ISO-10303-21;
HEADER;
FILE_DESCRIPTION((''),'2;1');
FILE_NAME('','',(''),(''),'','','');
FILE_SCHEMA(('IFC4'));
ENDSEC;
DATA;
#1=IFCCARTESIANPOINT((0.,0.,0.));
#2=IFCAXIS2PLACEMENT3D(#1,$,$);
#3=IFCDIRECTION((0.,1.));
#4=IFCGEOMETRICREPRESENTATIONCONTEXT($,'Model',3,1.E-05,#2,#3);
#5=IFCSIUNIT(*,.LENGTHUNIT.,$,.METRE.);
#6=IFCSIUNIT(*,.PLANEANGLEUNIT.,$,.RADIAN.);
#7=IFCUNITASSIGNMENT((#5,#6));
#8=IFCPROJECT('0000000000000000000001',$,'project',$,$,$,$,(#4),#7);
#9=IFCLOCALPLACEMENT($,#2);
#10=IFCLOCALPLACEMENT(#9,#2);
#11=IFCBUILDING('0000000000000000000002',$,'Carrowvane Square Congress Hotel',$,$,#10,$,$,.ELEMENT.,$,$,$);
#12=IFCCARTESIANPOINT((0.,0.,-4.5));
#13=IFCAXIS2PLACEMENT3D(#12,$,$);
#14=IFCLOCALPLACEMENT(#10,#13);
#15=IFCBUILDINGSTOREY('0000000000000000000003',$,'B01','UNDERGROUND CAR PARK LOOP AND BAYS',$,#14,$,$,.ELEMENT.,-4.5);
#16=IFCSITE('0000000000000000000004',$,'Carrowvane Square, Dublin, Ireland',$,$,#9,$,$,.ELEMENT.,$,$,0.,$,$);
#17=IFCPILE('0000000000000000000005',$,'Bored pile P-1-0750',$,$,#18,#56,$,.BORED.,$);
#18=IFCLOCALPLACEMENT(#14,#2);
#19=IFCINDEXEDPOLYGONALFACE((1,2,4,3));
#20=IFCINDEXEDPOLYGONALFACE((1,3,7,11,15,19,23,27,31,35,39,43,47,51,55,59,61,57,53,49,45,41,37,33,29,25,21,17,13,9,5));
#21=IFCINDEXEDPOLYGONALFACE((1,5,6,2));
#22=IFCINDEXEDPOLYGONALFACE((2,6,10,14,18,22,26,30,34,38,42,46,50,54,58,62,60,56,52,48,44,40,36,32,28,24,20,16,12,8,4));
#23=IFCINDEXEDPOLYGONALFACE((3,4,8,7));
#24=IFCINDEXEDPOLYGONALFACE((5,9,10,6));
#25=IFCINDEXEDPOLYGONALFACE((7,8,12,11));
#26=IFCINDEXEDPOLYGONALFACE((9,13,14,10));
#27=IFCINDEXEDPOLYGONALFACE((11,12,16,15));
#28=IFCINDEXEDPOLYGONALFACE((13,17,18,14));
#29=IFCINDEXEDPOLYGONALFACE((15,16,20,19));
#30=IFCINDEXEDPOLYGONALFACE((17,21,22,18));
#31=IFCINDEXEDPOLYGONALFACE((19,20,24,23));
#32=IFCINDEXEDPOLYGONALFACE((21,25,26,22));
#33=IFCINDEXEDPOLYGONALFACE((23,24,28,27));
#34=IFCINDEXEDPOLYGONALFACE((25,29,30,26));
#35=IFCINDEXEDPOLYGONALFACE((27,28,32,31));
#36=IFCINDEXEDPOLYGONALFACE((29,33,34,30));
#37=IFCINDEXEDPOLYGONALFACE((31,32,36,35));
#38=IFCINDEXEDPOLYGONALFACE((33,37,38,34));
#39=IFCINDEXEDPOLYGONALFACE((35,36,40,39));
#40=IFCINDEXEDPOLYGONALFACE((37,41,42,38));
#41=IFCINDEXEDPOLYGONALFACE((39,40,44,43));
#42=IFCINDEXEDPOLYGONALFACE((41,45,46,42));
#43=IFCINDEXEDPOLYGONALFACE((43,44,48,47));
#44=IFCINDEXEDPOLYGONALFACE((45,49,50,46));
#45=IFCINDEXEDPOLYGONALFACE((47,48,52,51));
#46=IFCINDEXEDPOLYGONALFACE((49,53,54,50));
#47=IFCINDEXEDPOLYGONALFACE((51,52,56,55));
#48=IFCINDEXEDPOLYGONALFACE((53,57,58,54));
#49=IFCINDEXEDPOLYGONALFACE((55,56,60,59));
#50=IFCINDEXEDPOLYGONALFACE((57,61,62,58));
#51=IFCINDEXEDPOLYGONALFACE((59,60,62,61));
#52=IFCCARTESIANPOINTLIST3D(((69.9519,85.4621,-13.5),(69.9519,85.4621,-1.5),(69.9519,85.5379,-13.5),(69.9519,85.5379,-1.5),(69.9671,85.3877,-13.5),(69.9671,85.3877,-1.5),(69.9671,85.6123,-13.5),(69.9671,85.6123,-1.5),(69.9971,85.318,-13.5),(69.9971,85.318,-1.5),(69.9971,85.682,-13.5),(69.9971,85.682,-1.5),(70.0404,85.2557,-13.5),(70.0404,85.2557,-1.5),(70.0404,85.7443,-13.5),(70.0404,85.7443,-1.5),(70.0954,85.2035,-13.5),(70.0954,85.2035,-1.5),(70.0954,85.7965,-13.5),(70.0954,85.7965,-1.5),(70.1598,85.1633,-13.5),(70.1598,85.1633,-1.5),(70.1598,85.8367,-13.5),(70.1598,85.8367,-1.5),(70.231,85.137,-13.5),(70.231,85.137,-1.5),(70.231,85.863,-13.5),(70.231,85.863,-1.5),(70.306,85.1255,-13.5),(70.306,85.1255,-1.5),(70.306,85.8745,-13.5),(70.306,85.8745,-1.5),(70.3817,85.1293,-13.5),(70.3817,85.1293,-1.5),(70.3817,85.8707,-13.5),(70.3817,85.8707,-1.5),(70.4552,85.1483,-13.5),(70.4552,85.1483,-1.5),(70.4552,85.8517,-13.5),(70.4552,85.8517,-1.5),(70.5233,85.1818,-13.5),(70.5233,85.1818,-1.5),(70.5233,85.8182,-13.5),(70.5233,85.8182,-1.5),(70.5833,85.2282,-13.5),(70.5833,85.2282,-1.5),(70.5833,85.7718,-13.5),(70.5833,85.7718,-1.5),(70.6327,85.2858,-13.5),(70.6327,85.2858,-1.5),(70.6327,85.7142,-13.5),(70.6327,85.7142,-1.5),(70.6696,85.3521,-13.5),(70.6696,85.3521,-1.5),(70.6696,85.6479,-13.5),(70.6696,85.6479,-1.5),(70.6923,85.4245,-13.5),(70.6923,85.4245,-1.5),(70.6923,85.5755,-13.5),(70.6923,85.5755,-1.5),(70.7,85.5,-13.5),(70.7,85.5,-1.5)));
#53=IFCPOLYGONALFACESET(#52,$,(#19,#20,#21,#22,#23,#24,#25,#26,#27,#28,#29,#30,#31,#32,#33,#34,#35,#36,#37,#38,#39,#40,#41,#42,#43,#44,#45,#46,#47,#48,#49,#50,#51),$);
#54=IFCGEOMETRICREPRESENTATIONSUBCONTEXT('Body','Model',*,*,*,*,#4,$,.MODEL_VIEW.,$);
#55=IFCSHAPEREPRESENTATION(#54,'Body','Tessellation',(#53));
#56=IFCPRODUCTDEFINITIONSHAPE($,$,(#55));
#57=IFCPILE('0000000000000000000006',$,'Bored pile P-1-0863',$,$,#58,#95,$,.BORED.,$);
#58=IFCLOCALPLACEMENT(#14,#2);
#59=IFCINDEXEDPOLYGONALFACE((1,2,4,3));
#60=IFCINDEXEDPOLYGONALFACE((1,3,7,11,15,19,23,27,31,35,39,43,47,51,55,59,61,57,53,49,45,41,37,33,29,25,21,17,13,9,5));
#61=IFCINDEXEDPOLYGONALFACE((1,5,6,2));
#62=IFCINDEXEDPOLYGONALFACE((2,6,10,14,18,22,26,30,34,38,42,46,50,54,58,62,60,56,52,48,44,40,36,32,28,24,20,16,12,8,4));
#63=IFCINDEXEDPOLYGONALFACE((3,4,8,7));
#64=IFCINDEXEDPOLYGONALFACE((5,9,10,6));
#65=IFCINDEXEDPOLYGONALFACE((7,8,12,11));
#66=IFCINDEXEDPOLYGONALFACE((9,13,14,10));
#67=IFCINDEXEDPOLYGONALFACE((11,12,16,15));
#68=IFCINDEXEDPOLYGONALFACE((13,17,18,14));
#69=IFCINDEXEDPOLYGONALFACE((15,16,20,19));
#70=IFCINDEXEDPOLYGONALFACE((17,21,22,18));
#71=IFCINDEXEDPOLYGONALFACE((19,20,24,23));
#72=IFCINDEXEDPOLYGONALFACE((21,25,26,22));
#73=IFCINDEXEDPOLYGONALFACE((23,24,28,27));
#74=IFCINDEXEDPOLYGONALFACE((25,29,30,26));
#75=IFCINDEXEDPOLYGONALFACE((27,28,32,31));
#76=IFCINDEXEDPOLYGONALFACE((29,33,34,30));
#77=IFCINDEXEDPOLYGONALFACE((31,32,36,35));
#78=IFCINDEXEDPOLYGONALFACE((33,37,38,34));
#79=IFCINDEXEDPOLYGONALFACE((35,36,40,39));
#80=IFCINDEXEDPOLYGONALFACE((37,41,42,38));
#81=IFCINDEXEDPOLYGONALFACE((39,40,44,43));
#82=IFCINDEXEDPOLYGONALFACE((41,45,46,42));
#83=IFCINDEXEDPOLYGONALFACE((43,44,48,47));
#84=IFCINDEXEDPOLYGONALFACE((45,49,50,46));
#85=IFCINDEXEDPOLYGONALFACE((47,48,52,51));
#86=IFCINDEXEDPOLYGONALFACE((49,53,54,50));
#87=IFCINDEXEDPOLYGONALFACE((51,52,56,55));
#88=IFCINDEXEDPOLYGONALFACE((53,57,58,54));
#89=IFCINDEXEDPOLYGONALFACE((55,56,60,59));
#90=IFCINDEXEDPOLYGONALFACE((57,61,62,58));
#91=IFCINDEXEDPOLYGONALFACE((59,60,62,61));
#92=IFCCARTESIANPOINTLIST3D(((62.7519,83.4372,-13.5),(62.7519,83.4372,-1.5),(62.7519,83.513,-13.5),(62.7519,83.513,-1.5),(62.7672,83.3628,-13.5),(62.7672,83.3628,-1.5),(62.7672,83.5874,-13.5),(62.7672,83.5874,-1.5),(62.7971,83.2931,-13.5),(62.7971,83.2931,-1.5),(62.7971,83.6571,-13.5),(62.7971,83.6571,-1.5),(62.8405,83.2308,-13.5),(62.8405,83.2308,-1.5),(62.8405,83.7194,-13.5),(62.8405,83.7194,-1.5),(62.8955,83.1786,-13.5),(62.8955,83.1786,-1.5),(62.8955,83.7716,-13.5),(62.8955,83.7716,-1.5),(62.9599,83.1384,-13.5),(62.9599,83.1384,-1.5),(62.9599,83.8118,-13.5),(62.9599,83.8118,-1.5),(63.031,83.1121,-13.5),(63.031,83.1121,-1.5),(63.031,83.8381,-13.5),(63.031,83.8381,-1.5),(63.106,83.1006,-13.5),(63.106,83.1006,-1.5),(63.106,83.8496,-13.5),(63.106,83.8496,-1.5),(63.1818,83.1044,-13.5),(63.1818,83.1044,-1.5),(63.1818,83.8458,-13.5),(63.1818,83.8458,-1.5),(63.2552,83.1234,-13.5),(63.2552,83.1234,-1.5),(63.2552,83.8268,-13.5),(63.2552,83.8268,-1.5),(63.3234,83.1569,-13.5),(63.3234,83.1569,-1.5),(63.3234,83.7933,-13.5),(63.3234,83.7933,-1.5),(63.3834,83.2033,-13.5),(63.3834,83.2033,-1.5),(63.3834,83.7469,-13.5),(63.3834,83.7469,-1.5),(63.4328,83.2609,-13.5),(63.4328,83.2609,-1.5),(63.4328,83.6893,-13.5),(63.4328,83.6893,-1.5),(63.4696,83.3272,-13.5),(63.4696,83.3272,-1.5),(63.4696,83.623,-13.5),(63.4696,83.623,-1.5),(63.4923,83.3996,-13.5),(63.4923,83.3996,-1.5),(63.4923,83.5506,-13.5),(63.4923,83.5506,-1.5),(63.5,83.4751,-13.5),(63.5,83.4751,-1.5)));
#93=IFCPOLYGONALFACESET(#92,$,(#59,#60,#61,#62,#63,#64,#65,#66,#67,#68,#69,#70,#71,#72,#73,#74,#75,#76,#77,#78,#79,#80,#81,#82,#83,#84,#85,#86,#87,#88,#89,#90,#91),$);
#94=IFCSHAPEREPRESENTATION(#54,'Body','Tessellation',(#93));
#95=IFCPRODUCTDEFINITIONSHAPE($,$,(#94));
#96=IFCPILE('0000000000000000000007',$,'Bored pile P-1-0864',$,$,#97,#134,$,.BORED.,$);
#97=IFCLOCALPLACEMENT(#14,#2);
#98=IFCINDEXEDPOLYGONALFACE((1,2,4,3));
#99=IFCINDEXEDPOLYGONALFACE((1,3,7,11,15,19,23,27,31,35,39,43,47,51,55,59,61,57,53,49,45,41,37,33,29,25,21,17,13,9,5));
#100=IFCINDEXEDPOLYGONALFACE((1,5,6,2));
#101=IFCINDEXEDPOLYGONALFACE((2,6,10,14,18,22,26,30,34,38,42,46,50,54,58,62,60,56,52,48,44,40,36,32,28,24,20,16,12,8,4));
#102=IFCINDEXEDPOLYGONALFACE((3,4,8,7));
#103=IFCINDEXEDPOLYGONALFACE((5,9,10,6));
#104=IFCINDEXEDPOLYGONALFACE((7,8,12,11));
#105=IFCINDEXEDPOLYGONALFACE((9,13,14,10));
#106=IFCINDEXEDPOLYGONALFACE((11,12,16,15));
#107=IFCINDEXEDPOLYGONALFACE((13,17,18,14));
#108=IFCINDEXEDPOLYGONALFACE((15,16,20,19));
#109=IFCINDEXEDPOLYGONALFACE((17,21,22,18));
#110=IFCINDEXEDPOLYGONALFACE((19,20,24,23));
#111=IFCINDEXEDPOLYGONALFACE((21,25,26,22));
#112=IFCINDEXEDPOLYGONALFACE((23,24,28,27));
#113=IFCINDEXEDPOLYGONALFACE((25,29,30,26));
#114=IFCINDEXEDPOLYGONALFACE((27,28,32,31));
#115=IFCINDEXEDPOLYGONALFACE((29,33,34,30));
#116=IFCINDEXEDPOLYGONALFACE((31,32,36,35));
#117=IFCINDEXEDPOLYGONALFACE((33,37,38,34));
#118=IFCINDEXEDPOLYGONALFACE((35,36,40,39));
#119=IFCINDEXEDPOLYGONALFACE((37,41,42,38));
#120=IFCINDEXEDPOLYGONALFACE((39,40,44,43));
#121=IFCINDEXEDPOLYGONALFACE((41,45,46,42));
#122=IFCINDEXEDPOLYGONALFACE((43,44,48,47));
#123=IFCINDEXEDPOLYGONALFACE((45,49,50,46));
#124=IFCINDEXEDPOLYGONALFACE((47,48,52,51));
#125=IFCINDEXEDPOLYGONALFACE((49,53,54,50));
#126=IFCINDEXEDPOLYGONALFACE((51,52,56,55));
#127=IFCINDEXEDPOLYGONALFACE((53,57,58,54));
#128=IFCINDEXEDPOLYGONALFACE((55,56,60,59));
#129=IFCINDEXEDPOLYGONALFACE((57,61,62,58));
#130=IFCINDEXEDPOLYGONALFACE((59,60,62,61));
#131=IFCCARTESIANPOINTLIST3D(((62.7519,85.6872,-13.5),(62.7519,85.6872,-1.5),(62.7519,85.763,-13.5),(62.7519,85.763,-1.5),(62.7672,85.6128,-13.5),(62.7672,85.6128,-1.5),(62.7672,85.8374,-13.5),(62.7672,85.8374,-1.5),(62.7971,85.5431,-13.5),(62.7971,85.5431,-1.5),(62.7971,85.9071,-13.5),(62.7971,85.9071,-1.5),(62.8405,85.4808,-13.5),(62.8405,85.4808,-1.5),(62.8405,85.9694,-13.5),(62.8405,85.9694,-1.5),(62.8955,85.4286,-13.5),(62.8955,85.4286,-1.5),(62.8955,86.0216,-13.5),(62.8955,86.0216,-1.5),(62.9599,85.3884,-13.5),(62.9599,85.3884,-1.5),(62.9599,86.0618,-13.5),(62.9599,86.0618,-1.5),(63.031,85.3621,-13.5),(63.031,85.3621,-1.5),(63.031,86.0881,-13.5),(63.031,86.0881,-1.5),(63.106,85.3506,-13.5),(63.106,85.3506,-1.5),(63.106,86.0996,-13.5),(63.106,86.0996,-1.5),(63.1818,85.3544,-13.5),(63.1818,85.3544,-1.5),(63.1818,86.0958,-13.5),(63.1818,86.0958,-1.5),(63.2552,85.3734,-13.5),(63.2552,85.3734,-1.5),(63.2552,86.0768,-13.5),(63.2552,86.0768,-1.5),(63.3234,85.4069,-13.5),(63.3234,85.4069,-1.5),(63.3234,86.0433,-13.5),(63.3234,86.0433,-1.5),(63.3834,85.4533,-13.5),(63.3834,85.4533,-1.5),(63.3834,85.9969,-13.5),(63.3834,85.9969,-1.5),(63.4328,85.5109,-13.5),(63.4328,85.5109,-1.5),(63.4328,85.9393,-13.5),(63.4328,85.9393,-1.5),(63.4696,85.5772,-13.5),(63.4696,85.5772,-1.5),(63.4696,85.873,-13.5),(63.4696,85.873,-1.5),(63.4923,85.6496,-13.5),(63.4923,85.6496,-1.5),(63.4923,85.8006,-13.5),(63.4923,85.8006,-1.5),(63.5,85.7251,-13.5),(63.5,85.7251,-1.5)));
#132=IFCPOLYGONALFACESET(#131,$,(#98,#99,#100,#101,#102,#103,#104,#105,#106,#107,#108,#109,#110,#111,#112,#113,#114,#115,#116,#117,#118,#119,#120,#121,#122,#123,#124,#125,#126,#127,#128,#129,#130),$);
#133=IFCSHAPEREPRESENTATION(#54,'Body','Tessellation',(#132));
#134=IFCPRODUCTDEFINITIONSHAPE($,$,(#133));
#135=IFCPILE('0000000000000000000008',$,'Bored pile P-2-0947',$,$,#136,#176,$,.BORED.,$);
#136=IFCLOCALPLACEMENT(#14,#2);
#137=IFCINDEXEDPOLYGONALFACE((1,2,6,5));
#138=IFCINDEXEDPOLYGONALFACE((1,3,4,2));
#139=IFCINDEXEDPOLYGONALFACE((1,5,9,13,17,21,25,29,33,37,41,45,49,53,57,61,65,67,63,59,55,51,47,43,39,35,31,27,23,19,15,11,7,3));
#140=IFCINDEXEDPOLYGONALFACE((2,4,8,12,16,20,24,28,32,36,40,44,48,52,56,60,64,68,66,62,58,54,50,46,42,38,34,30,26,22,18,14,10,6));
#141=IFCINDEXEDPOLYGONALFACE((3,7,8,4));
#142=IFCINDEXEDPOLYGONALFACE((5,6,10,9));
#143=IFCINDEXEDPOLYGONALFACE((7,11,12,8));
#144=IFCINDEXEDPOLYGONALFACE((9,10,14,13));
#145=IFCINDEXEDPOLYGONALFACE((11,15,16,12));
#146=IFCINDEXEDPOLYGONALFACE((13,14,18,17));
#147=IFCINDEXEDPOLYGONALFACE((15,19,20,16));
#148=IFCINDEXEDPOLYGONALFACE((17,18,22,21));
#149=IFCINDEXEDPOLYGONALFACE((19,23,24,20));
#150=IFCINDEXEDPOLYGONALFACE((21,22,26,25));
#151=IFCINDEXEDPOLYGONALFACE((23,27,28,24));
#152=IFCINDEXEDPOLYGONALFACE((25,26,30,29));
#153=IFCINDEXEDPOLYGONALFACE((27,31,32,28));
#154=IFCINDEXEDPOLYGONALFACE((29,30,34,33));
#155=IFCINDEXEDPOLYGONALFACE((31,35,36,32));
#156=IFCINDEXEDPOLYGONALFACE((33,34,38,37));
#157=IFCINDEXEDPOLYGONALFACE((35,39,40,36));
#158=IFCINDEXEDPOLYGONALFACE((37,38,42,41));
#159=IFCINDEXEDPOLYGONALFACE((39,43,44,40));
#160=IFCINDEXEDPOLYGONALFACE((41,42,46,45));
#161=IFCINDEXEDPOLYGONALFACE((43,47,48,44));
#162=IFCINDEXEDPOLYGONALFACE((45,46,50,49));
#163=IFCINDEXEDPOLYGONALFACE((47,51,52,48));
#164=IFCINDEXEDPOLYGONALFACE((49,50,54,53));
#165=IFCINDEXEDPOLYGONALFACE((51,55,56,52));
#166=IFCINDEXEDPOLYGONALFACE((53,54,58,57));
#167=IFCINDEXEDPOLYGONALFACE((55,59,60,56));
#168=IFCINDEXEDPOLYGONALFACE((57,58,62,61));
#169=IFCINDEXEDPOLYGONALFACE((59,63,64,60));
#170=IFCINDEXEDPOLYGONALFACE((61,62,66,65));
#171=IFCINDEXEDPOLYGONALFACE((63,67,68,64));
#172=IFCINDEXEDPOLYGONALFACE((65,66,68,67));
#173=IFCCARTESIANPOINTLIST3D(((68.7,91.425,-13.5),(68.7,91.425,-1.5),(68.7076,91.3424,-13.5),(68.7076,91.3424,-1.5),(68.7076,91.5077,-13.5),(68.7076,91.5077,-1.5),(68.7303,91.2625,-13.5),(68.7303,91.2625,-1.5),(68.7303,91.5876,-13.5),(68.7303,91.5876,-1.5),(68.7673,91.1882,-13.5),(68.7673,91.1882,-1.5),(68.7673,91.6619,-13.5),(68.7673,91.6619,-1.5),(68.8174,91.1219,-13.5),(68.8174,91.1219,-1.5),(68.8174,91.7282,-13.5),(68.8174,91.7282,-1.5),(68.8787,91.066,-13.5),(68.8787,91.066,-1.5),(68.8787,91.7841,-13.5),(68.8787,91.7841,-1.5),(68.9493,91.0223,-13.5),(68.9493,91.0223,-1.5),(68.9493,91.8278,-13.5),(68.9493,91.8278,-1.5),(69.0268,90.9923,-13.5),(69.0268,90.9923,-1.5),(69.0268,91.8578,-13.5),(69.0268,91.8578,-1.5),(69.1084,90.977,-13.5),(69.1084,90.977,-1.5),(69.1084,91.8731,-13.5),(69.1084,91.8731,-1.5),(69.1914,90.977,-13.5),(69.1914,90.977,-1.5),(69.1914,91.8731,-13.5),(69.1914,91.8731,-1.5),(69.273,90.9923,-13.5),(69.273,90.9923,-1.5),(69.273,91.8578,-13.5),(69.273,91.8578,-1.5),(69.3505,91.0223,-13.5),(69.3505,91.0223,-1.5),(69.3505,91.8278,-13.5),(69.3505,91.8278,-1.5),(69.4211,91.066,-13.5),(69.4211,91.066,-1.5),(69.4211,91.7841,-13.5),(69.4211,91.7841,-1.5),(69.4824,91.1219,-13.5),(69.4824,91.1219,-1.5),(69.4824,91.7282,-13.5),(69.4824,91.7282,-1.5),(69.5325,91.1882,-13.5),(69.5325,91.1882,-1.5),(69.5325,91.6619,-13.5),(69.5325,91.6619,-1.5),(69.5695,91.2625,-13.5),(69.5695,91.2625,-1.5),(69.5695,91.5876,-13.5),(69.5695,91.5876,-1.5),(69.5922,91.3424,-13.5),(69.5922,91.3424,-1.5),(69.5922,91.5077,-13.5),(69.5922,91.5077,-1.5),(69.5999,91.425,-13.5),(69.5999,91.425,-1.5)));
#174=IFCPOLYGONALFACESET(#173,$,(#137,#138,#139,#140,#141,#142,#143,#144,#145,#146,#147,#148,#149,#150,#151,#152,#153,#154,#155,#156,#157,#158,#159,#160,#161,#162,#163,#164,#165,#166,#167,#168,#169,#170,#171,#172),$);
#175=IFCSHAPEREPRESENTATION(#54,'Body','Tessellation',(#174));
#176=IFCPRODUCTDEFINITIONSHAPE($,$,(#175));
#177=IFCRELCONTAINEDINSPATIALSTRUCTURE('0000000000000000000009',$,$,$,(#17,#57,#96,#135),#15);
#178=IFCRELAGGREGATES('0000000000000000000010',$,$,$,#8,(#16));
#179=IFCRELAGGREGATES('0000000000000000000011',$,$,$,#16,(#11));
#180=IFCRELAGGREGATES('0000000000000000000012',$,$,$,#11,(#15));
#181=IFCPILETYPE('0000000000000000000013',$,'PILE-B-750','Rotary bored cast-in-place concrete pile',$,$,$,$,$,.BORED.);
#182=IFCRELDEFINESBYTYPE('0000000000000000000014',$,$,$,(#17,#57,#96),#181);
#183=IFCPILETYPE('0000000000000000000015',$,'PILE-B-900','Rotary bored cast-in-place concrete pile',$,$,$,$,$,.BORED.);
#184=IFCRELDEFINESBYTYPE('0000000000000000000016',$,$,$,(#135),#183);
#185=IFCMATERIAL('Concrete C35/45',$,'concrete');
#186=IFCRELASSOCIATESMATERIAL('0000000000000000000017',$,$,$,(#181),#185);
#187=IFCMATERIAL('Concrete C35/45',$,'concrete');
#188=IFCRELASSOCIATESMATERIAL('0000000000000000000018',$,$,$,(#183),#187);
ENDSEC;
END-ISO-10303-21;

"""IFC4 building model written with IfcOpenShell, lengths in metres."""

from ifc_helpers import new_model, si_unit, direction, frame, origin, origin_2d, place, context, subcontext, project, spatial, circle, extrude, material, material_profile, profile_set, type_object, element, save


model = new_model("IFC4")

# Units and contexts
model_context = context("Model", 3, precision=1e-05, world=origin(), true_north=direction((0.0, 1.0)))
body_context = subcontext(model_context, "Body", "Model", "MODEL_VIEW")
ifc_project = project(units=[si_unit("LENGTHUNIT", "METRE"), si_unit("PLANEANGLEUNIT", "RADIAN")], contexts=[model_context])

# Site, building, storey
site_placement = place(None, origin())
site = spatial("IfcSite", under=ifc_project, at=site_placement, Name="Carrowvane Square, Dublin, Ireland", CompositionType="ELEMENT", RefElevation=0.0)
building_placement = place(site_placement, origin())
building = spatial("IfcBuilding", under=site, at=building_placement, Name="Carrowvane Square Congress Hotel", CompositionType="ELEMENT")
storey_placement = place(building_placement, frame((0.0, 0.0, -4.5)))
storey = spatial("IfcBuildingStorey", under=building, at=storey_placement, Name="B01", Description="UNDERGROUND CAR PARK LOOP AND BAYS", CompositionType="ELEMENT", Elevation=-4.5)

# Piles
ifc_material_1 = material(Name="Concrete C35/45", Category="concrete")
ifc_material_profile_1 = material_profile(ifc_material_1, circle(Radius=0.375, at=origin_2d()), Name="PILE D750")
ifc_profile_set_1 = profile_set([ifc_material_profile_1], Name="Concrete C35/45")
pile_type_1 = type_object("IfcPileType", Name="PILE-B-750", Description="Rotary bored cast-in-place concrete pile", PredefinedType="BORED", material=ifc_profile_set_1)
for number, where, z_axis, x_axis, name in (
    (1, (70.325, 85.5, -1.5), (0.0, 0.0, -1.0), (1.0, 0.0, 0.0), "Bored pile P-1-0750"),
    (2, (63.125, 83.4751, -1.5), (0.0, 0.0, -1.0), (1.0, 0.0, 0.0), "Bored pile P-1-0863"),
    (3, (63.125, 85.7251, -1.5), (0.0, 0.0, -1.0), (1.0, 0.0, 0.0), "Bored pile P-1-0864"),
):
    element("IfcPile", number, at=place(storey_placement, frame(where, z_axis=z_axis, x_axis=x_axis)), inside=storey, type_object=pile_type_1, Name=name, PredefinedType="BORED", context=body_context, shape_type="SweptSolid", body=[
        extrude(circle(Radius=0.375, at=origin_2d()), origin(), (0.0, 0.0, 1.0), 12.0),
    ])
ifc_material_2 = material(Name="Concrete C35/45", Category="concrete")
ifc_material_profile_2 = material_profile(ifc_material_2, circle(Radius=0.45, at=origin_2d()), Name="PILE D900")
ifc_profile_set_2 = profile_set([ifc_material_profile_2], Name="Concrete C35/45")
pile_type_2 = type_object("IfcPileType", Name="PILE-B-900", Description="Rotary bored cast-in-place concrete pile", PredefinedType="BORED", material=ifc_profile_set_2)
for number, where, z_axis, x_axis, name in (
    (4, (69.1499, 91.425, -1.5), (0.0, 0.0, -1.0), (1.0, 0.0, 0.0), "Bored pile P-2-0947"),
):
    element("IfcPile", number, at=place(storey_placement, frame(where, z_axis=z_axis, x_axis=x_axis)), inside=storey, type_object=pile_type_2, Name=name, PredefinedType="BORED", context=body_context, shape_type="SweptSolid", body=[
        extrude(circle(Radius=0.45, at=origin_2d()), origin(), (0.0, 0.0, 1.0), 12.0),
    ])

save(model, "model.ifc")
